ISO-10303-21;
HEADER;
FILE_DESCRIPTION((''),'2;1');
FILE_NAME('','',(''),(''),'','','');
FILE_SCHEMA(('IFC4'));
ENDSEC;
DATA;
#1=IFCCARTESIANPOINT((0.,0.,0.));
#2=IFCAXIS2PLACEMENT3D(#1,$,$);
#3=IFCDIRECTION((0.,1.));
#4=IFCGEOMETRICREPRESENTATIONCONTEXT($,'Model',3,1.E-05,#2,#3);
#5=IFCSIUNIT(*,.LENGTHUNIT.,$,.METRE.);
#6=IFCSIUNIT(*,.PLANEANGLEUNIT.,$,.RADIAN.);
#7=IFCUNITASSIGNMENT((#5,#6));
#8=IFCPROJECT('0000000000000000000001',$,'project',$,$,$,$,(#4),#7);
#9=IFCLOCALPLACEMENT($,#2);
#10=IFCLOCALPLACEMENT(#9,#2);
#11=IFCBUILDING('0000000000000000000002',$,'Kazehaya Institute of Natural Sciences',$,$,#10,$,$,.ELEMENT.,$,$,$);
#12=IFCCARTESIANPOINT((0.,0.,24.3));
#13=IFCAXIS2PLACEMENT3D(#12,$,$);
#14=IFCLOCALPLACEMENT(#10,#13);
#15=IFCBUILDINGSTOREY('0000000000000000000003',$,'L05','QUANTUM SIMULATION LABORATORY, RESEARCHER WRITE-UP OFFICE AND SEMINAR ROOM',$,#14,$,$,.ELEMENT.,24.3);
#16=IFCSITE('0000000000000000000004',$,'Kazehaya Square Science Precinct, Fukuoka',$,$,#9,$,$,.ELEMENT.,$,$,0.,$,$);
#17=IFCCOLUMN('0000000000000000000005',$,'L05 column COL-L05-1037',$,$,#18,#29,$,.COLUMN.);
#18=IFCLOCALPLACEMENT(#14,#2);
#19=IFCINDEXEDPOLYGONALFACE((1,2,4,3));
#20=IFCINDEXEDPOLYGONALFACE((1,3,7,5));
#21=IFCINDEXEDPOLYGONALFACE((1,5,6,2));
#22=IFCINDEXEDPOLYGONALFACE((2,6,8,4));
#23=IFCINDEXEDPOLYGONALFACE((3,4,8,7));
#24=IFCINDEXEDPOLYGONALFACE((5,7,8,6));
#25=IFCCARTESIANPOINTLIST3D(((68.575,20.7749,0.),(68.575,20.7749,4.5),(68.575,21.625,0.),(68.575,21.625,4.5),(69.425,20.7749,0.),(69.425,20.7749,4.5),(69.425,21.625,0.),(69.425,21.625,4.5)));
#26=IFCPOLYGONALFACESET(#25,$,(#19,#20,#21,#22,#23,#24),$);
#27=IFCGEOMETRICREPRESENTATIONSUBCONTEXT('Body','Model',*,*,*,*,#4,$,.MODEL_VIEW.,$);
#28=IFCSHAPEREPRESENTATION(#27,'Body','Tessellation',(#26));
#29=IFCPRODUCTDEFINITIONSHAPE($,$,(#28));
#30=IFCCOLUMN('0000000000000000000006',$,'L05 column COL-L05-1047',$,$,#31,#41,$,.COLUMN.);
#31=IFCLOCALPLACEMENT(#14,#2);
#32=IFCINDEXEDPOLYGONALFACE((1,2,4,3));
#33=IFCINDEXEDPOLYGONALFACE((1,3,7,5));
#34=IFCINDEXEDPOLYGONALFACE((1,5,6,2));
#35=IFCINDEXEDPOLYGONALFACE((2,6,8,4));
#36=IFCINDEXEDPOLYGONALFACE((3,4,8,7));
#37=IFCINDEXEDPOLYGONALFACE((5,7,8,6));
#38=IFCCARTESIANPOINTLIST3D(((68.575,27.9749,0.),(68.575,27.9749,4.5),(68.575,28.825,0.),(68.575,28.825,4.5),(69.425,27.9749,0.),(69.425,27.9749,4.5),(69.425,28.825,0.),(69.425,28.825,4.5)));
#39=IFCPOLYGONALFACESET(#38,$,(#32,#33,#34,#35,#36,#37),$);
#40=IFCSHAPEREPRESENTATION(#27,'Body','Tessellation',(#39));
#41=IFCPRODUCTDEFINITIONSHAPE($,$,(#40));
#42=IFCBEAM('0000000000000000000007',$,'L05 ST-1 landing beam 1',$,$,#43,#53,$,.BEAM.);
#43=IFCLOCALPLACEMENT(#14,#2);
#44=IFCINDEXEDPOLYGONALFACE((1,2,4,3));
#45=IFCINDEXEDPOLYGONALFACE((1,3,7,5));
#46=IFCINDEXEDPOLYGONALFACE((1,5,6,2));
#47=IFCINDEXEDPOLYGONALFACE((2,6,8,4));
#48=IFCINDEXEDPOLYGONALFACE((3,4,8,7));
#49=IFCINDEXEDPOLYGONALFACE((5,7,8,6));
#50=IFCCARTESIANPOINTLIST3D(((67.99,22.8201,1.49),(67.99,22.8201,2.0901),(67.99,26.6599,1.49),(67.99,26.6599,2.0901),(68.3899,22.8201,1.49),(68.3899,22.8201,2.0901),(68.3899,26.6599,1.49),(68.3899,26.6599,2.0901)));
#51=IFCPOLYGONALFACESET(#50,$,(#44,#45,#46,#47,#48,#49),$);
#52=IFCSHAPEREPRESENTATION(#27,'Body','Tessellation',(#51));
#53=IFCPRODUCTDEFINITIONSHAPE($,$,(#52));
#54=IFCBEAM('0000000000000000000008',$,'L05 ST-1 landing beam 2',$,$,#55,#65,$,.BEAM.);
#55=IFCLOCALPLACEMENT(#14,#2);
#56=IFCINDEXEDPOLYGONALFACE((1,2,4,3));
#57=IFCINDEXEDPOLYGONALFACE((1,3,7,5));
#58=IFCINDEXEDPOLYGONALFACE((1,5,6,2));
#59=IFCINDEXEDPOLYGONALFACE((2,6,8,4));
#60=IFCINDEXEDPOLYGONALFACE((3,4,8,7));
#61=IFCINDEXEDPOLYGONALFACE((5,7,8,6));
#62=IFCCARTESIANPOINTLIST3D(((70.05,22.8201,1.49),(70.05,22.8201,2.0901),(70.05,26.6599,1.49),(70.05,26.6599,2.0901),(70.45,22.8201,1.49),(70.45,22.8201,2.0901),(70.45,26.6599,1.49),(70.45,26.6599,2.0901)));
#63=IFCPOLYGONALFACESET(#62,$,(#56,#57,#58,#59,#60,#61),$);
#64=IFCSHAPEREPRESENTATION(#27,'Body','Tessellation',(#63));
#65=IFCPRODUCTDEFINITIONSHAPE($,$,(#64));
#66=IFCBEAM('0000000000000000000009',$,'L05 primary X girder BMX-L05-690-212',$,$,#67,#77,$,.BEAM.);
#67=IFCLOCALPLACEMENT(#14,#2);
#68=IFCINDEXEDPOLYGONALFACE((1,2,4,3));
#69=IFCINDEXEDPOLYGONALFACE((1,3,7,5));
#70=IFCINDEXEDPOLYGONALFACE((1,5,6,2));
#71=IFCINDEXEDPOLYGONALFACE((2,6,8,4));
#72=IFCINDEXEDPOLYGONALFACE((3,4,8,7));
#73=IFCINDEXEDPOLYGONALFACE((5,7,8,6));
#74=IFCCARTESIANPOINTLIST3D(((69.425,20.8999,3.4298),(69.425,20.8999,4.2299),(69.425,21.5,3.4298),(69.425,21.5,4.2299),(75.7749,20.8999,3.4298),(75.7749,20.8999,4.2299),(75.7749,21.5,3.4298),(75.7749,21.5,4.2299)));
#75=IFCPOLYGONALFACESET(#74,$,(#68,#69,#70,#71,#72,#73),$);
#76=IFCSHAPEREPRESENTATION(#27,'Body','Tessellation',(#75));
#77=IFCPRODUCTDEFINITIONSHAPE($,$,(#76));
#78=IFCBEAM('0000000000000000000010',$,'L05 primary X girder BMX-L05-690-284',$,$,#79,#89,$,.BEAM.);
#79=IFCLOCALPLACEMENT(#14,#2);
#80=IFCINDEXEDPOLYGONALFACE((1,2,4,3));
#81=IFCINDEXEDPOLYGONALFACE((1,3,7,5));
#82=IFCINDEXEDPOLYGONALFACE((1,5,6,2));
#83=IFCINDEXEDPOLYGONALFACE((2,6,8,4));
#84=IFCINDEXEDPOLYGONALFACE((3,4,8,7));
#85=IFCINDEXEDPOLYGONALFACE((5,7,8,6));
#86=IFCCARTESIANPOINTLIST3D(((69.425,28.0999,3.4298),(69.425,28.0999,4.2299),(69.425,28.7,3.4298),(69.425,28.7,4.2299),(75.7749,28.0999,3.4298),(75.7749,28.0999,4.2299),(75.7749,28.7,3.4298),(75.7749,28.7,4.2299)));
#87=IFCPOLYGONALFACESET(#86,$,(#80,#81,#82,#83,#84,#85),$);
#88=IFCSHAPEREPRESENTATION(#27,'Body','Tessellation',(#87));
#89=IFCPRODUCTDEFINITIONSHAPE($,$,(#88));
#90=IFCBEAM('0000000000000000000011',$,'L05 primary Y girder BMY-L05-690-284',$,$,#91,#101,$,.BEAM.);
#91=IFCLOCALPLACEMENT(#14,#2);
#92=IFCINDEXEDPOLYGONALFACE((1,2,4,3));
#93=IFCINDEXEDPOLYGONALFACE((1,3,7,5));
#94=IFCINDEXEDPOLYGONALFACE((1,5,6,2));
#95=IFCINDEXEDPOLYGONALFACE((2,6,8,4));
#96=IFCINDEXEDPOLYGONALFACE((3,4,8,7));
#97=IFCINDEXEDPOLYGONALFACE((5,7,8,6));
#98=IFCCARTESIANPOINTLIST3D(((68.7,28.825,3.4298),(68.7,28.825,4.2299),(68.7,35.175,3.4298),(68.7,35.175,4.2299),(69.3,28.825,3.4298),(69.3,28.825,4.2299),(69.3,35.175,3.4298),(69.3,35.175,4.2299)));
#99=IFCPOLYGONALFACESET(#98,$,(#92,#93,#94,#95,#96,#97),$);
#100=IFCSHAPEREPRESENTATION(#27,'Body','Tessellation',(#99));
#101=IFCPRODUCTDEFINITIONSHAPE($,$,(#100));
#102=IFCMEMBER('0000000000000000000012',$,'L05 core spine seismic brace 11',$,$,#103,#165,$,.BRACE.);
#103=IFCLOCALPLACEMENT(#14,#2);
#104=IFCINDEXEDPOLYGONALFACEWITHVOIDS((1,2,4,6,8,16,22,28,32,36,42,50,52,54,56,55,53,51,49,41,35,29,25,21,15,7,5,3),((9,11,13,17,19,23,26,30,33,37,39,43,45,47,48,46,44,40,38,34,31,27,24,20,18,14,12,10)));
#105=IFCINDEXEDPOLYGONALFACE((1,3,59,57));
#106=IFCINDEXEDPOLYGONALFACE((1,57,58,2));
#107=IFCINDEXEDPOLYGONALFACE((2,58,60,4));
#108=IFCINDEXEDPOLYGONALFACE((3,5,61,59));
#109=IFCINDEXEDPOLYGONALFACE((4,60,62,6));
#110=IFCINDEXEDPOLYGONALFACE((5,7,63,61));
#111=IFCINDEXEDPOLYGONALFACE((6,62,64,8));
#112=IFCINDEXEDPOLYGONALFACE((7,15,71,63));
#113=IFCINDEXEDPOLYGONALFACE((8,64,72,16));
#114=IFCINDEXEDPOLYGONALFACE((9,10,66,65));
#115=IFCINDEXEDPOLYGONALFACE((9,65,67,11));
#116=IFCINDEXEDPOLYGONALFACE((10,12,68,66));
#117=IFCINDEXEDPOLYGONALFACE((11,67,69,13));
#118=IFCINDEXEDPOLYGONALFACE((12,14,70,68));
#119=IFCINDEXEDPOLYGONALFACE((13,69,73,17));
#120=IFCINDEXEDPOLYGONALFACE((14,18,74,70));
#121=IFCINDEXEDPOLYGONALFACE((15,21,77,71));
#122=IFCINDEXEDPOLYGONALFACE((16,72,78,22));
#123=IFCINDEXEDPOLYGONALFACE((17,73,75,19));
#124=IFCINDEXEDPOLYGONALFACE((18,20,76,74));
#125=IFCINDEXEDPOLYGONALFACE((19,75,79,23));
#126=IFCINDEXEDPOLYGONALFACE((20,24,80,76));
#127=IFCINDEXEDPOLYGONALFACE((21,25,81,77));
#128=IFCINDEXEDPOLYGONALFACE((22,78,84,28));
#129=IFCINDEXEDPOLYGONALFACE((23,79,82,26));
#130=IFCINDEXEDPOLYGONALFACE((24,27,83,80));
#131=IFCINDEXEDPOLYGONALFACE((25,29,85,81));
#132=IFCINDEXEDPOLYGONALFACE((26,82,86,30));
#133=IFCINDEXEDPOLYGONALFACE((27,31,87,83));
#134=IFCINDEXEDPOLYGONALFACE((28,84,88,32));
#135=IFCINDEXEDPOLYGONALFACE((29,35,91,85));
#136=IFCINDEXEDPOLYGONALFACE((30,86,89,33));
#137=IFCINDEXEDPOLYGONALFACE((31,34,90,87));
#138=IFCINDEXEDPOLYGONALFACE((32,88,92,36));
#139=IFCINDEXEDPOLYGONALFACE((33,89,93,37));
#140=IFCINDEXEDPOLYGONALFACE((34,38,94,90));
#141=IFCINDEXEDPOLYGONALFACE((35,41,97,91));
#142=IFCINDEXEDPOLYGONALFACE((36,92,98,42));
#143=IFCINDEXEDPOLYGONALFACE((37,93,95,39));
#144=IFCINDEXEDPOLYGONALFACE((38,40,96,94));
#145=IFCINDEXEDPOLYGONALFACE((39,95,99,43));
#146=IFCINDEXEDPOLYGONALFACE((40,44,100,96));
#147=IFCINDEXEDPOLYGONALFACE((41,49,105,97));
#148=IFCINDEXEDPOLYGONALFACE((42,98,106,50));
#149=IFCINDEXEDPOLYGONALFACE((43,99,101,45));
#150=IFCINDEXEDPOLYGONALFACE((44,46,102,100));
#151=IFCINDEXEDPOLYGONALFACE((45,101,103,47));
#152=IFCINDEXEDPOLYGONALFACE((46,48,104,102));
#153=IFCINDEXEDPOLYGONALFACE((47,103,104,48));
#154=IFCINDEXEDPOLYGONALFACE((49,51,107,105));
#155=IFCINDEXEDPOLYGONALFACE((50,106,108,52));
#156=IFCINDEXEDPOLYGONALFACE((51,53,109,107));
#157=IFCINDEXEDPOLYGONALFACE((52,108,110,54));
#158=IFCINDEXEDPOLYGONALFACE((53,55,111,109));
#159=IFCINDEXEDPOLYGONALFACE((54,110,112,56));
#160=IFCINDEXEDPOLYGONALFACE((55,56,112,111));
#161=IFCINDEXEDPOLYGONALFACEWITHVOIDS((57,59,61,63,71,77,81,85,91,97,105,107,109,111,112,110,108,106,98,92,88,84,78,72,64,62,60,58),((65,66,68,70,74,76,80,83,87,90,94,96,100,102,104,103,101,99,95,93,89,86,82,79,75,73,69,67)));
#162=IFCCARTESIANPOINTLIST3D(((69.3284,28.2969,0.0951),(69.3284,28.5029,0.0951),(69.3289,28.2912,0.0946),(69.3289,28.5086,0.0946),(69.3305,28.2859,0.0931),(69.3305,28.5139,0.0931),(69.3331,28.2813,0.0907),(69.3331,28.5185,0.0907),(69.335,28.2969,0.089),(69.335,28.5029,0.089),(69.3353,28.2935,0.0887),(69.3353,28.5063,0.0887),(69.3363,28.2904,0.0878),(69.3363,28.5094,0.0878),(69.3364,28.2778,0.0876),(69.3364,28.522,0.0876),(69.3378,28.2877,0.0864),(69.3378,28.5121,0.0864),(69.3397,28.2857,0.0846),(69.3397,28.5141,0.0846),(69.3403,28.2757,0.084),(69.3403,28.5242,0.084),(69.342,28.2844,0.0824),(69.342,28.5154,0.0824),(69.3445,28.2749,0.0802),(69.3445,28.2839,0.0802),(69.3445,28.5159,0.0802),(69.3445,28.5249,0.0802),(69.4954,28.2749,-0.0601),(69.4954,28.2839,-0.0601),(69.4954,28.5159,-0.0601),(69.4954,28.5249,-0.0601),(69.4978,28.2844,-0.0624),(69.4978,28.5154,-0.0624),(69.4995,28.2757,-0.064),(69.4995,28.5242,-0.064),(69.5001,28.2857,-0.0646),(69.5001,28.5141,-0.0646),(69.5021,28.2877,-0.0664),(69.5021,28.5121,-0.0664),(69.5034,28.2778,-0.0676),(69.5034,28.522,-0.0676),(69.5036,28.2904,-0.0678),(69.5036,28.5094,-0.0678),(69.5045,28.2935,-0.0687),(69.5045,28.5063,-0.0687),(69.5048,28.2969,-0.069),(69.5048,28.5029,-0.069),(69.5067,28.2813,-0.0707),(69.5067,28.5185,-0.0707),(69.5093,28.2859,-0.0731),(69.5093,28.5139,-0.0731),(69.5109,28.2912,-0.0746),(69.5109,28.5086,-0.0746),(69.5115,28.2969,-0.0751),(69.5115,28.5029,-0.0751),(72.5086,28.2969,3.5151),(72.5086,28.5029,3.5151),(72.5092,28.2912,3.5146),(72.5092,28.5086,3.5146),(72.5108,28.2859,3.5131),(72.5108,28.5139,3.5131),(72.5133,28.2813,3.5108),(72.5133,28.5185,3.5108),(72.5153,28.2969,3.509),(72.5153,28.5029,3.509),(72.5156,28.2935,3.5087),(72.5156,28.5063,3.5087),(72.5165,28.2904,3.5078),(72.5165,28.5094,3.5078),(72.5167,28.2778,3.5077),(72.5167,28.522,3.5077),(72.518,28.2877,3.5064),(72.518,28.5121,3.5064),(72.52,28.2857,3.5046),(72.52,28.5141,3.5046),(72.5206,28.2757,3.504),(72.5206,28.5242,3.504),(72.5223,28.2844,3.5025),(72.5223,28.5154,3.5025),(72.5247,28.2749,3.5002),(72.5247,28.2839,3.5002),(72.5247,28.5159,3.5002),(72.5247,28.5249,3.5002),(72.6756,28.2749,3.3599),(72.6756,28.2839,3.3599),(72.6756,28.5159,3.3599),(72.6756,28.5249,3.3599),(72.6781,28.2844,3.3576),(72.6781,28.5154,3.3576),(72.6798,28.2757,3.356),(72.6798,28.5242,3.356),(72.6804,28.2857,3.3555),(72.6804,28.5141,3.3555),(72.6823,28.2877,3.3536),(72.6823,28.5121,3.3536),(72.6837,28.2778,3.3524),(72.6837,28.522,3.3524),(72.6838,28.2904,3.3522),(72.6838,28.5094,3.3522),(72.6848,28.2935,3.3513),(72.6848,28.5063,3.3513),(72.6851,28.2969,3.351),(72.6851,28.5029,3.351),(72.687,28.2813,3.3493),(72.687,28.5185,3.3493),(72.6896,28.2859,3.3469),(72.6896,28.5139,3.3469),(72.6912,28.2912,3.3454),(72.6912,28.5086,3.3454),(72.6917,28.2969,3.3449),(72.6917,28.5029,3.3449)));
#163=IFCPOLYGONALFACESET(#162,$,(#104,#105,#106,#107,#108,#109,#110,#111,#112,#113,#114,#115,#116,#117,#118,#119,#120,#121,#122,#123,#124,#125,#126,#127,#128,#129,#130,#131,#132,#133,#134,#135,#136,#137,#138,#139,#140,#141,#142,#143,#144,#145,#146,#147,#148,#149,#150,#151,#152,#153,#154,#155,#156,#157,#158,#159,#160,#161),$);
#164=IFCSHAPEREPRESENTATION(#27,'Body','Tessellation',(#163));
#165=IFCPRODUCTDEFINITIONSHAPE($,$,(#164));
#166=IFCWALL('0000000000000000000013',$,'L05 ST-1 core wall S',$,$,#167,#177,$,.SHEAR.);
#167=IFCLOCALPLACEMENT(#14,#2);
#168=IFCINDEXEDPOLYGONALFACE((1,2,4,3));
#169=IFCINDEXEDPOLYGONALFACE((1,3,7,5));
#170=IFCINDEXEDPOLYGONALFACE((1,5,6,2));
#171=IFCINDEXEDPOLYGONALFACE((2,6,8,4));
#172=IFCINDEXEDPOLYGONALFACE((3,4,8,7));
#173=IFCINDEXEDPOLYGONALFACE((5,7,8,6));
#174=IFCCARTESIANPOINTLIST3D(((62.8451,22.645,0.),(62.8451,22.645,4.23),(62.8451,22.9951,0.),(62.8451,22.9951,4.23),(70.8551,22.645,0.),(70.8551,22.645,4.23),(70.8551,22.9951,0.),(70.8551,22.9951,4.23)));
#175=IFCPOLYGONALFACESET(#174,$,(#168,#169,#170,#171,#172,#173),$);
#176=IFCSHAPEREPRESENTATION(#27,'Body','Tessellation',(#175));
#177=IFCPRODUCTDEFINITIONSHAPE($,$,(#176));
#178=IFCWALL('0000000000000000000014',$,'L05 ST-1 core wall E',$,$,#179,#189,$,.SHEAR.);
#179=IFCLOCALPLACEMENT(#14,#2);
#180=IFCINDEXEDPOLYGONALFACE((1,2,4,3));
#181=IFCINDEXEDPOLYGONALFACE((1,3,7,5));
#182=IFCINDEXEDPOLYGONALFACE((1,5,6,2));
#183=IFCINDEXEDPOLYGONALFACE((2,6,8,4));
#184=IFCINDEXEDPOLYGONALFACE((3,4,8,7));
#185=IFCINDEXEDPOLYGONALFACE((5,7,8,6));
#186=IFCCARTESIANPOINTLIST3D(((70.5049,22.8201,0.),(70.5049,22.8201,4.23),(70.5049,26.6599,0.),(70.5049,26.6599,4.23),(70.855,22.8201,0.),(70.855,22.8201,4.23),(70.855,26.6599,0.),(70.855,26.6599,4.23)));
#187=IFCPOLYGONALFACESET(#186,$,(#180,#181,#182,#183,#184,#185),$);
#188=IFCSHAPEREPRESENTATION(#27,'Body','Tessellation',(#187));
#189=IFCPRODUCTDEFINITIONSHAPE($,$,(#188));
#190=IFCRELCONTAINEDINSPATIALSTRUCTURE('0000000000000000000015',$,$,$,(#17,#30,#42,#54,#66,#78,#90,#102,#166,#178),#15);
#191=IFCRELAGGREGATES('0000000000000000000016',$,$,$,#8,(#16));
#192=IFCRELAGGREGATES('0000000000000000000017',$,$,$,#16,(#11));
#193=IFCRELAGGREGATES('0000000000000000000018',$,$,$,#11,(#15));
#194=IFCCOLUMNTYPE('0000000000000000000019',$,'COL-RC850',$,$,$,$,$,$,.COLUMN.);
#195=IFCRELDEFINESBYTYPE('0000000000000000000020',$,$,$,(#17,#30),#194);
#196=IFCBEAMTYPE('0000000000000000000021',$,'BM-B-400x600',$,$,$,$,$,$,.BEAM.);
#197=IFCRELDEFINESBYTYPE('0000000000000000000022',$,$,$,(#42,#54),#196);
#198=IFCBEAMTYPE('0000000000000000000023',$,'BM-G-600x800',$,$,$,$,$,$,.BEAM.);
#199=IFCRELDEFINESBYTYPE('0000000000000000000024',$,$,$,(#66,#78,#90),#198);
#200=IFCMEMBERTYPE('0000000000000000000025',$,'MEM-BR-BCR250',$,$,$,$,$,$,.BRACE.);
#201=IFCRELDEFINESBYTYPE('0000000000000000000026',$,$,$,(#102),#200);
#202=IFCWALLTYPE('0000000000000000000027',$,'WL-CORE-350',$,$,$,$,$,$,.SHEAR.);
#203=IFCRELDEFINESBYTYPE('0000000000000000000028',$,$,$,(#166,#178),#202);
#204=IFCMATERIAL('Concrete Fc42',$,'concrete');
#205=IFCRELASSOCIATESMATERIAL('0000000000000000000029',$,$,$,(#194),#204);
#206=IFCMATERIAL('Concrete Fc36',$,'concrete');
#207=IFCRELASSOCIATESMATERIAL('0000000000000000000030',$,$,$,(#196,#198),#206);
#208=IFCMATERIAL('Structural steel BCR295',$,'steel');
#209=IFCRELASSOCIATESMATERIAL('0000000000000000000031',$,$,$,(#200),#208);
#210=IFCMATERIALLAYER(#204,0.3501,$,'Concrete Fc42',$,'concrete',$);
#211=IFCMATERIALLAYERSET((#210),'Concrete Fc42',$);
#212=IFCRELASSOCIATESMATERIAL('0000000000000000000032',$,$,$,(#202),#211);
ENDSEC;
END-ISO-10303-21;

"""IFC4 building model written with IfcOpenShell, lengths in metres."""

from ifc_helpers import new_model, si_unit, direction, frame, frame_2d, origin, origin_2d, place, context, subcontext, project, spatial, rectangle, hollow_rectangle, extrude, material, layer, layer_set, material_profile, profile_set, type_object, element, save


model = new_model("IFC4")

# Units and contexts
model_context = context("Model", 3, precision=1e-05, world=origin(), true_north=direction((0.0, 1.0)))
body_context = subcontext(model_context, "Body", "Model", "MODEL_VIEW")
ifc_project = project(units=[si_unit("LENGTHUNIT", "METRE"), si_unit("PLANEANGLEUNIT", "RADIAN")], contexts=[model_context])

# Site, building, storey
site_placement = place(None, origin())
site = spatial("IfcSite", under=ifc_project, at=site_placement, Name="Kazehaya Square Science Precinct, Fukuoka", CompositionType="ELEMENT", RefElevation=0.0)
building_placement = place(site_placement, origin())
building = spatial("IfcBuilding", under=site, at=building_placement, Name="Kazehaya Institute of Natural Sciences", CompositionType="ELEMENT")
storey_placement = place(building_placement, frame((0.0, 0.0, 24.3)))
storey = spatial("IfcBuildingStorey", under=building, at=storey_placement, Name="L05", Description="QUANTUM SIMULATION LABORATORY, RESEARCHER WRITE-UP OFFICE AND SEMINAR ROOM", CompositionType="ELEMENT", Elevation=24.3)

# Columns
ifc_material_1 = material(Name="Concrete Fc42", Category="concrete")
ifc_material_profile_1 = material_profile(ifc_material_1, rectangle(XDim=0.8501, YDim=0.8501, at=origin_2d()), Name="RC-850x850")
ifc_profile_set_1 = profile_set([ifc_material_profile_1], Name="Concrete Fc42")
column_type = type_object("IfcColumnType", Name="COL-RC850", PredefinedType="COLUMN", material=ifc_profile_set_1)
for number, where, z_axis, x_axis, name in (
    (1, (69.0, 21.2, 0.0), (0.0, 0.0, 1.0), (1.0, 0.0, 0.0), "L05 column COL-L05-1037"),
    (2, (69.0, 28.3999, 0.0), (0.0, 0.0, 1.0), (1.0, 0.0, 0.0), "L05 column COL-L05-1047"),
):
    element("IfcColumn", number, at=place(storey_placement, frame(where, z_axis=z_axis, x_axis=x_axis)), inside=storey, type_object=column_type, Name=name, PredefinedType="COLUMN", context=body_context, shape_type="SweptSolid", body=[
        extrude(rectangle(XDim=0.8501, YDim=0.8501, at=origin_2d()), origin(), (0.0, 0.0, 1.0), 4.5),
    ])

# Beams
ifc_material_2 = material(Name="Concrete Fc36", Category="concrete")
ifc_material_profile_2 = material_profile(ifc_material_2, rectangle(XDim=0.3999, YDim=0.6001, at=origin_2d()), Name="RC-400x600")
ifc_profile_set_2 = profile_set([ifc_material_profile_2], Name="Concrete Fc36")
beam_type_1 = type_object("IfcBeamType", Name="BM-B-400x600", PredefinedType="BEAM", material=ifc_profile_set_2)
for number, where, z_axis, x_axis, name in (
    (3, (68.1899, 22.8201, 1.79), (0.0, 1.0, 0.0), (-1.0, 0.0, 0.0), "L05 ST-1 landing beam 1"),
    (4, (70.25, 22.8201, 1.79), (0.0, 1.0, 0.0), (-1.0, 0.0, 0.0), "L05 ST-1 landing beam 2"),
):
    element("IfcBeam", number, at=place(storey_placement, frame(where, z_axis=z_axis, x_axis=x_axis)), inside=storey, type_object=beam_type_1, Name=name, PredefinedType="BEAM", context=body_context, shape_type="SweptSolid", body=[
        extrude(rectangle(XDim=0.3999, YDim=0.6001, at=origin_2d()), origin(), (0.0, 0.0, 1.0), 3.8398),
    ])
ifc_material_profile_3 = material_profile(ifc_material_2, rectangle(XDim=0.6001, YDim=0.8, at=origin_2d()), Name="RC-600x800")
ifc_profile_set_3 = profile_set([ifc_material_profile_3], Name="Concrete Fc36")
beam_type_2 = type_object("IfcBeamType", Name="BM-G-600x800", PredefinedType="BEAM", material=ifc_profile_set_3)
for number, where, z_axis, x_axis, name in (
    (5, (69.425, 21.2, 3.8298), (1.0, 0.0, 0.0), (0.0, 1.0, 0.0), "L05 primary X girder BMX-L05-690-212"),
    (6, (69.425, 28.3999, 3.8298), (1.0, 0.0, 0.0), (0.0, 1.0, 0.0), "L05 primary X girder BMX-L05-690-284"),
):
    element("IfcBeam", number, at=place(storey_placement, frame(where, z_axis=z_axis, x_axis=x_axis)), inside=storey, type_object=beam_type_2, Name=name, PredefinedType="BEAM", context=body_context, shape_type="SweptSolid", body=[
        extrude(rectangle(XDim=0.6001, YDim=0.8, at=origin_2d()), origin(), (0.0, 0.0, 1.0), 6.3499),
    ])
beam_placement = place(storey_placement, frame((69.0, 28.825, 3.8298), z_axis=(0.0, 1.0, 0.0), x_axis=(-1.0, 0.0, 0.0)))
element("IfcBeam", 7, at=beam_placement, inside=storey, type_object=beam_type_2, Name="L05 primary Y girder BMY-L05-690-284", PredefinedType="BEAM", context=body_context, shape_type="SweptSolid", body=[
    extrude(rectangle(XDim=0.6001, YDim=0.8, at=origin_2d()), origin(), (0.0, 0.0, 1.0), 6.3501),
])

# Member
ifc_material_3 = material(Name="Structural steel BCR295", Category="steel")
ifc_material_profile_4 = material_profile(ifc_material_3, hollow_rectangle(XDim=0.25, YDim=0.25, WallThickness=0.009, InnerFilletRadius=0.0129, OuterFilletRadius=0.022, at=origin_2d()), Name="BCR-250x250x9")
ifc_profile_set_4 = profile_set([ifc_material_profile_4], Name="Structural steel BCR295")
member_type = type_object("IfcMemberType", Name="MEM-BR-BCR250", PredefinedType="BRACE", material=ifc_profile_set_4)
member_placement = place(storey_placement, frame((69.4199, 28.3999, 0.01), z_axis=(0.680972, 0.0, 0.732309), x_axis=(0.0, 1.0, 0.0)))
element("IfcMember", 8, at=member_placement, inside=storey, type_object=member_type, Name="L05 core spine seismic brace 11", PredefinedType="BRACE", context=body_context, shape_type="SweptSolid", body=[
    extrude(hollow_rectangle(XDim=0.25, YDim=0.25, WallThickness=0.009, InnerFilletRadius=0.0129, OuterFilletRadius=0.022, at=origin_2d()), origin(), (0.0, 0.0, 1.0), 4.6702),
])

# Walls
ifc_layer_1 = layer(ifc_material_1, 0.3501, Name="Concrete Fc42", Category="concrete")
ifc_layer_set_1 = layer_set([ifc_layer_1], Name="Concrete Fc42")
wall_type_1 = type_object("IfcWallType", Name="WL-CORE-350", PredefinedType="SHEAR", material=ifc_layer_set_1)
wall_1_placement = place(storey_placement, frame((70.855, 22.8201, 0.0), z_axis=(0.0, 0.0, 1.0), x_axis=(-1.0, 0.0, 0.0)))
element("IfcWall", 9, at=wall_1_placement, inside=storey, type_object=wall_type_1, Name="L05 ST-1 core wall S", PredefinedType="SHEAR", context=body_context, shape_type="SweptSolid", body=[
    extrude(rectangle(XDim=8.01, YDim=0.3501, at=frame_2d((4.0049, 0.0))), origin(), (0.0, 0.0, 1.0), 4.23),
])
wall_2_placement = place(storey_placement, frame((70.6799, 26.6599, 0.0), z_axis=(0.0, 0.0, 1.0), x_axis=(0.0, -1.0, 0.0)))
element("IfcWall", 10, at=wall_2_placement, inside=storey, type_object=wall_type_1, Name="L05 ST-1 core wall E", PredefinedType="SHEAR", context=body_context, shape_type="SweptSolid", body=[
    extrude(rectangle(XDim=3.8398, YDim=0.3501, at=frame_2d((1.9199, 0.0))), origin(), (0.0, 0.0, 1.0), 4.23),
])

save(model, "model.ifc")
